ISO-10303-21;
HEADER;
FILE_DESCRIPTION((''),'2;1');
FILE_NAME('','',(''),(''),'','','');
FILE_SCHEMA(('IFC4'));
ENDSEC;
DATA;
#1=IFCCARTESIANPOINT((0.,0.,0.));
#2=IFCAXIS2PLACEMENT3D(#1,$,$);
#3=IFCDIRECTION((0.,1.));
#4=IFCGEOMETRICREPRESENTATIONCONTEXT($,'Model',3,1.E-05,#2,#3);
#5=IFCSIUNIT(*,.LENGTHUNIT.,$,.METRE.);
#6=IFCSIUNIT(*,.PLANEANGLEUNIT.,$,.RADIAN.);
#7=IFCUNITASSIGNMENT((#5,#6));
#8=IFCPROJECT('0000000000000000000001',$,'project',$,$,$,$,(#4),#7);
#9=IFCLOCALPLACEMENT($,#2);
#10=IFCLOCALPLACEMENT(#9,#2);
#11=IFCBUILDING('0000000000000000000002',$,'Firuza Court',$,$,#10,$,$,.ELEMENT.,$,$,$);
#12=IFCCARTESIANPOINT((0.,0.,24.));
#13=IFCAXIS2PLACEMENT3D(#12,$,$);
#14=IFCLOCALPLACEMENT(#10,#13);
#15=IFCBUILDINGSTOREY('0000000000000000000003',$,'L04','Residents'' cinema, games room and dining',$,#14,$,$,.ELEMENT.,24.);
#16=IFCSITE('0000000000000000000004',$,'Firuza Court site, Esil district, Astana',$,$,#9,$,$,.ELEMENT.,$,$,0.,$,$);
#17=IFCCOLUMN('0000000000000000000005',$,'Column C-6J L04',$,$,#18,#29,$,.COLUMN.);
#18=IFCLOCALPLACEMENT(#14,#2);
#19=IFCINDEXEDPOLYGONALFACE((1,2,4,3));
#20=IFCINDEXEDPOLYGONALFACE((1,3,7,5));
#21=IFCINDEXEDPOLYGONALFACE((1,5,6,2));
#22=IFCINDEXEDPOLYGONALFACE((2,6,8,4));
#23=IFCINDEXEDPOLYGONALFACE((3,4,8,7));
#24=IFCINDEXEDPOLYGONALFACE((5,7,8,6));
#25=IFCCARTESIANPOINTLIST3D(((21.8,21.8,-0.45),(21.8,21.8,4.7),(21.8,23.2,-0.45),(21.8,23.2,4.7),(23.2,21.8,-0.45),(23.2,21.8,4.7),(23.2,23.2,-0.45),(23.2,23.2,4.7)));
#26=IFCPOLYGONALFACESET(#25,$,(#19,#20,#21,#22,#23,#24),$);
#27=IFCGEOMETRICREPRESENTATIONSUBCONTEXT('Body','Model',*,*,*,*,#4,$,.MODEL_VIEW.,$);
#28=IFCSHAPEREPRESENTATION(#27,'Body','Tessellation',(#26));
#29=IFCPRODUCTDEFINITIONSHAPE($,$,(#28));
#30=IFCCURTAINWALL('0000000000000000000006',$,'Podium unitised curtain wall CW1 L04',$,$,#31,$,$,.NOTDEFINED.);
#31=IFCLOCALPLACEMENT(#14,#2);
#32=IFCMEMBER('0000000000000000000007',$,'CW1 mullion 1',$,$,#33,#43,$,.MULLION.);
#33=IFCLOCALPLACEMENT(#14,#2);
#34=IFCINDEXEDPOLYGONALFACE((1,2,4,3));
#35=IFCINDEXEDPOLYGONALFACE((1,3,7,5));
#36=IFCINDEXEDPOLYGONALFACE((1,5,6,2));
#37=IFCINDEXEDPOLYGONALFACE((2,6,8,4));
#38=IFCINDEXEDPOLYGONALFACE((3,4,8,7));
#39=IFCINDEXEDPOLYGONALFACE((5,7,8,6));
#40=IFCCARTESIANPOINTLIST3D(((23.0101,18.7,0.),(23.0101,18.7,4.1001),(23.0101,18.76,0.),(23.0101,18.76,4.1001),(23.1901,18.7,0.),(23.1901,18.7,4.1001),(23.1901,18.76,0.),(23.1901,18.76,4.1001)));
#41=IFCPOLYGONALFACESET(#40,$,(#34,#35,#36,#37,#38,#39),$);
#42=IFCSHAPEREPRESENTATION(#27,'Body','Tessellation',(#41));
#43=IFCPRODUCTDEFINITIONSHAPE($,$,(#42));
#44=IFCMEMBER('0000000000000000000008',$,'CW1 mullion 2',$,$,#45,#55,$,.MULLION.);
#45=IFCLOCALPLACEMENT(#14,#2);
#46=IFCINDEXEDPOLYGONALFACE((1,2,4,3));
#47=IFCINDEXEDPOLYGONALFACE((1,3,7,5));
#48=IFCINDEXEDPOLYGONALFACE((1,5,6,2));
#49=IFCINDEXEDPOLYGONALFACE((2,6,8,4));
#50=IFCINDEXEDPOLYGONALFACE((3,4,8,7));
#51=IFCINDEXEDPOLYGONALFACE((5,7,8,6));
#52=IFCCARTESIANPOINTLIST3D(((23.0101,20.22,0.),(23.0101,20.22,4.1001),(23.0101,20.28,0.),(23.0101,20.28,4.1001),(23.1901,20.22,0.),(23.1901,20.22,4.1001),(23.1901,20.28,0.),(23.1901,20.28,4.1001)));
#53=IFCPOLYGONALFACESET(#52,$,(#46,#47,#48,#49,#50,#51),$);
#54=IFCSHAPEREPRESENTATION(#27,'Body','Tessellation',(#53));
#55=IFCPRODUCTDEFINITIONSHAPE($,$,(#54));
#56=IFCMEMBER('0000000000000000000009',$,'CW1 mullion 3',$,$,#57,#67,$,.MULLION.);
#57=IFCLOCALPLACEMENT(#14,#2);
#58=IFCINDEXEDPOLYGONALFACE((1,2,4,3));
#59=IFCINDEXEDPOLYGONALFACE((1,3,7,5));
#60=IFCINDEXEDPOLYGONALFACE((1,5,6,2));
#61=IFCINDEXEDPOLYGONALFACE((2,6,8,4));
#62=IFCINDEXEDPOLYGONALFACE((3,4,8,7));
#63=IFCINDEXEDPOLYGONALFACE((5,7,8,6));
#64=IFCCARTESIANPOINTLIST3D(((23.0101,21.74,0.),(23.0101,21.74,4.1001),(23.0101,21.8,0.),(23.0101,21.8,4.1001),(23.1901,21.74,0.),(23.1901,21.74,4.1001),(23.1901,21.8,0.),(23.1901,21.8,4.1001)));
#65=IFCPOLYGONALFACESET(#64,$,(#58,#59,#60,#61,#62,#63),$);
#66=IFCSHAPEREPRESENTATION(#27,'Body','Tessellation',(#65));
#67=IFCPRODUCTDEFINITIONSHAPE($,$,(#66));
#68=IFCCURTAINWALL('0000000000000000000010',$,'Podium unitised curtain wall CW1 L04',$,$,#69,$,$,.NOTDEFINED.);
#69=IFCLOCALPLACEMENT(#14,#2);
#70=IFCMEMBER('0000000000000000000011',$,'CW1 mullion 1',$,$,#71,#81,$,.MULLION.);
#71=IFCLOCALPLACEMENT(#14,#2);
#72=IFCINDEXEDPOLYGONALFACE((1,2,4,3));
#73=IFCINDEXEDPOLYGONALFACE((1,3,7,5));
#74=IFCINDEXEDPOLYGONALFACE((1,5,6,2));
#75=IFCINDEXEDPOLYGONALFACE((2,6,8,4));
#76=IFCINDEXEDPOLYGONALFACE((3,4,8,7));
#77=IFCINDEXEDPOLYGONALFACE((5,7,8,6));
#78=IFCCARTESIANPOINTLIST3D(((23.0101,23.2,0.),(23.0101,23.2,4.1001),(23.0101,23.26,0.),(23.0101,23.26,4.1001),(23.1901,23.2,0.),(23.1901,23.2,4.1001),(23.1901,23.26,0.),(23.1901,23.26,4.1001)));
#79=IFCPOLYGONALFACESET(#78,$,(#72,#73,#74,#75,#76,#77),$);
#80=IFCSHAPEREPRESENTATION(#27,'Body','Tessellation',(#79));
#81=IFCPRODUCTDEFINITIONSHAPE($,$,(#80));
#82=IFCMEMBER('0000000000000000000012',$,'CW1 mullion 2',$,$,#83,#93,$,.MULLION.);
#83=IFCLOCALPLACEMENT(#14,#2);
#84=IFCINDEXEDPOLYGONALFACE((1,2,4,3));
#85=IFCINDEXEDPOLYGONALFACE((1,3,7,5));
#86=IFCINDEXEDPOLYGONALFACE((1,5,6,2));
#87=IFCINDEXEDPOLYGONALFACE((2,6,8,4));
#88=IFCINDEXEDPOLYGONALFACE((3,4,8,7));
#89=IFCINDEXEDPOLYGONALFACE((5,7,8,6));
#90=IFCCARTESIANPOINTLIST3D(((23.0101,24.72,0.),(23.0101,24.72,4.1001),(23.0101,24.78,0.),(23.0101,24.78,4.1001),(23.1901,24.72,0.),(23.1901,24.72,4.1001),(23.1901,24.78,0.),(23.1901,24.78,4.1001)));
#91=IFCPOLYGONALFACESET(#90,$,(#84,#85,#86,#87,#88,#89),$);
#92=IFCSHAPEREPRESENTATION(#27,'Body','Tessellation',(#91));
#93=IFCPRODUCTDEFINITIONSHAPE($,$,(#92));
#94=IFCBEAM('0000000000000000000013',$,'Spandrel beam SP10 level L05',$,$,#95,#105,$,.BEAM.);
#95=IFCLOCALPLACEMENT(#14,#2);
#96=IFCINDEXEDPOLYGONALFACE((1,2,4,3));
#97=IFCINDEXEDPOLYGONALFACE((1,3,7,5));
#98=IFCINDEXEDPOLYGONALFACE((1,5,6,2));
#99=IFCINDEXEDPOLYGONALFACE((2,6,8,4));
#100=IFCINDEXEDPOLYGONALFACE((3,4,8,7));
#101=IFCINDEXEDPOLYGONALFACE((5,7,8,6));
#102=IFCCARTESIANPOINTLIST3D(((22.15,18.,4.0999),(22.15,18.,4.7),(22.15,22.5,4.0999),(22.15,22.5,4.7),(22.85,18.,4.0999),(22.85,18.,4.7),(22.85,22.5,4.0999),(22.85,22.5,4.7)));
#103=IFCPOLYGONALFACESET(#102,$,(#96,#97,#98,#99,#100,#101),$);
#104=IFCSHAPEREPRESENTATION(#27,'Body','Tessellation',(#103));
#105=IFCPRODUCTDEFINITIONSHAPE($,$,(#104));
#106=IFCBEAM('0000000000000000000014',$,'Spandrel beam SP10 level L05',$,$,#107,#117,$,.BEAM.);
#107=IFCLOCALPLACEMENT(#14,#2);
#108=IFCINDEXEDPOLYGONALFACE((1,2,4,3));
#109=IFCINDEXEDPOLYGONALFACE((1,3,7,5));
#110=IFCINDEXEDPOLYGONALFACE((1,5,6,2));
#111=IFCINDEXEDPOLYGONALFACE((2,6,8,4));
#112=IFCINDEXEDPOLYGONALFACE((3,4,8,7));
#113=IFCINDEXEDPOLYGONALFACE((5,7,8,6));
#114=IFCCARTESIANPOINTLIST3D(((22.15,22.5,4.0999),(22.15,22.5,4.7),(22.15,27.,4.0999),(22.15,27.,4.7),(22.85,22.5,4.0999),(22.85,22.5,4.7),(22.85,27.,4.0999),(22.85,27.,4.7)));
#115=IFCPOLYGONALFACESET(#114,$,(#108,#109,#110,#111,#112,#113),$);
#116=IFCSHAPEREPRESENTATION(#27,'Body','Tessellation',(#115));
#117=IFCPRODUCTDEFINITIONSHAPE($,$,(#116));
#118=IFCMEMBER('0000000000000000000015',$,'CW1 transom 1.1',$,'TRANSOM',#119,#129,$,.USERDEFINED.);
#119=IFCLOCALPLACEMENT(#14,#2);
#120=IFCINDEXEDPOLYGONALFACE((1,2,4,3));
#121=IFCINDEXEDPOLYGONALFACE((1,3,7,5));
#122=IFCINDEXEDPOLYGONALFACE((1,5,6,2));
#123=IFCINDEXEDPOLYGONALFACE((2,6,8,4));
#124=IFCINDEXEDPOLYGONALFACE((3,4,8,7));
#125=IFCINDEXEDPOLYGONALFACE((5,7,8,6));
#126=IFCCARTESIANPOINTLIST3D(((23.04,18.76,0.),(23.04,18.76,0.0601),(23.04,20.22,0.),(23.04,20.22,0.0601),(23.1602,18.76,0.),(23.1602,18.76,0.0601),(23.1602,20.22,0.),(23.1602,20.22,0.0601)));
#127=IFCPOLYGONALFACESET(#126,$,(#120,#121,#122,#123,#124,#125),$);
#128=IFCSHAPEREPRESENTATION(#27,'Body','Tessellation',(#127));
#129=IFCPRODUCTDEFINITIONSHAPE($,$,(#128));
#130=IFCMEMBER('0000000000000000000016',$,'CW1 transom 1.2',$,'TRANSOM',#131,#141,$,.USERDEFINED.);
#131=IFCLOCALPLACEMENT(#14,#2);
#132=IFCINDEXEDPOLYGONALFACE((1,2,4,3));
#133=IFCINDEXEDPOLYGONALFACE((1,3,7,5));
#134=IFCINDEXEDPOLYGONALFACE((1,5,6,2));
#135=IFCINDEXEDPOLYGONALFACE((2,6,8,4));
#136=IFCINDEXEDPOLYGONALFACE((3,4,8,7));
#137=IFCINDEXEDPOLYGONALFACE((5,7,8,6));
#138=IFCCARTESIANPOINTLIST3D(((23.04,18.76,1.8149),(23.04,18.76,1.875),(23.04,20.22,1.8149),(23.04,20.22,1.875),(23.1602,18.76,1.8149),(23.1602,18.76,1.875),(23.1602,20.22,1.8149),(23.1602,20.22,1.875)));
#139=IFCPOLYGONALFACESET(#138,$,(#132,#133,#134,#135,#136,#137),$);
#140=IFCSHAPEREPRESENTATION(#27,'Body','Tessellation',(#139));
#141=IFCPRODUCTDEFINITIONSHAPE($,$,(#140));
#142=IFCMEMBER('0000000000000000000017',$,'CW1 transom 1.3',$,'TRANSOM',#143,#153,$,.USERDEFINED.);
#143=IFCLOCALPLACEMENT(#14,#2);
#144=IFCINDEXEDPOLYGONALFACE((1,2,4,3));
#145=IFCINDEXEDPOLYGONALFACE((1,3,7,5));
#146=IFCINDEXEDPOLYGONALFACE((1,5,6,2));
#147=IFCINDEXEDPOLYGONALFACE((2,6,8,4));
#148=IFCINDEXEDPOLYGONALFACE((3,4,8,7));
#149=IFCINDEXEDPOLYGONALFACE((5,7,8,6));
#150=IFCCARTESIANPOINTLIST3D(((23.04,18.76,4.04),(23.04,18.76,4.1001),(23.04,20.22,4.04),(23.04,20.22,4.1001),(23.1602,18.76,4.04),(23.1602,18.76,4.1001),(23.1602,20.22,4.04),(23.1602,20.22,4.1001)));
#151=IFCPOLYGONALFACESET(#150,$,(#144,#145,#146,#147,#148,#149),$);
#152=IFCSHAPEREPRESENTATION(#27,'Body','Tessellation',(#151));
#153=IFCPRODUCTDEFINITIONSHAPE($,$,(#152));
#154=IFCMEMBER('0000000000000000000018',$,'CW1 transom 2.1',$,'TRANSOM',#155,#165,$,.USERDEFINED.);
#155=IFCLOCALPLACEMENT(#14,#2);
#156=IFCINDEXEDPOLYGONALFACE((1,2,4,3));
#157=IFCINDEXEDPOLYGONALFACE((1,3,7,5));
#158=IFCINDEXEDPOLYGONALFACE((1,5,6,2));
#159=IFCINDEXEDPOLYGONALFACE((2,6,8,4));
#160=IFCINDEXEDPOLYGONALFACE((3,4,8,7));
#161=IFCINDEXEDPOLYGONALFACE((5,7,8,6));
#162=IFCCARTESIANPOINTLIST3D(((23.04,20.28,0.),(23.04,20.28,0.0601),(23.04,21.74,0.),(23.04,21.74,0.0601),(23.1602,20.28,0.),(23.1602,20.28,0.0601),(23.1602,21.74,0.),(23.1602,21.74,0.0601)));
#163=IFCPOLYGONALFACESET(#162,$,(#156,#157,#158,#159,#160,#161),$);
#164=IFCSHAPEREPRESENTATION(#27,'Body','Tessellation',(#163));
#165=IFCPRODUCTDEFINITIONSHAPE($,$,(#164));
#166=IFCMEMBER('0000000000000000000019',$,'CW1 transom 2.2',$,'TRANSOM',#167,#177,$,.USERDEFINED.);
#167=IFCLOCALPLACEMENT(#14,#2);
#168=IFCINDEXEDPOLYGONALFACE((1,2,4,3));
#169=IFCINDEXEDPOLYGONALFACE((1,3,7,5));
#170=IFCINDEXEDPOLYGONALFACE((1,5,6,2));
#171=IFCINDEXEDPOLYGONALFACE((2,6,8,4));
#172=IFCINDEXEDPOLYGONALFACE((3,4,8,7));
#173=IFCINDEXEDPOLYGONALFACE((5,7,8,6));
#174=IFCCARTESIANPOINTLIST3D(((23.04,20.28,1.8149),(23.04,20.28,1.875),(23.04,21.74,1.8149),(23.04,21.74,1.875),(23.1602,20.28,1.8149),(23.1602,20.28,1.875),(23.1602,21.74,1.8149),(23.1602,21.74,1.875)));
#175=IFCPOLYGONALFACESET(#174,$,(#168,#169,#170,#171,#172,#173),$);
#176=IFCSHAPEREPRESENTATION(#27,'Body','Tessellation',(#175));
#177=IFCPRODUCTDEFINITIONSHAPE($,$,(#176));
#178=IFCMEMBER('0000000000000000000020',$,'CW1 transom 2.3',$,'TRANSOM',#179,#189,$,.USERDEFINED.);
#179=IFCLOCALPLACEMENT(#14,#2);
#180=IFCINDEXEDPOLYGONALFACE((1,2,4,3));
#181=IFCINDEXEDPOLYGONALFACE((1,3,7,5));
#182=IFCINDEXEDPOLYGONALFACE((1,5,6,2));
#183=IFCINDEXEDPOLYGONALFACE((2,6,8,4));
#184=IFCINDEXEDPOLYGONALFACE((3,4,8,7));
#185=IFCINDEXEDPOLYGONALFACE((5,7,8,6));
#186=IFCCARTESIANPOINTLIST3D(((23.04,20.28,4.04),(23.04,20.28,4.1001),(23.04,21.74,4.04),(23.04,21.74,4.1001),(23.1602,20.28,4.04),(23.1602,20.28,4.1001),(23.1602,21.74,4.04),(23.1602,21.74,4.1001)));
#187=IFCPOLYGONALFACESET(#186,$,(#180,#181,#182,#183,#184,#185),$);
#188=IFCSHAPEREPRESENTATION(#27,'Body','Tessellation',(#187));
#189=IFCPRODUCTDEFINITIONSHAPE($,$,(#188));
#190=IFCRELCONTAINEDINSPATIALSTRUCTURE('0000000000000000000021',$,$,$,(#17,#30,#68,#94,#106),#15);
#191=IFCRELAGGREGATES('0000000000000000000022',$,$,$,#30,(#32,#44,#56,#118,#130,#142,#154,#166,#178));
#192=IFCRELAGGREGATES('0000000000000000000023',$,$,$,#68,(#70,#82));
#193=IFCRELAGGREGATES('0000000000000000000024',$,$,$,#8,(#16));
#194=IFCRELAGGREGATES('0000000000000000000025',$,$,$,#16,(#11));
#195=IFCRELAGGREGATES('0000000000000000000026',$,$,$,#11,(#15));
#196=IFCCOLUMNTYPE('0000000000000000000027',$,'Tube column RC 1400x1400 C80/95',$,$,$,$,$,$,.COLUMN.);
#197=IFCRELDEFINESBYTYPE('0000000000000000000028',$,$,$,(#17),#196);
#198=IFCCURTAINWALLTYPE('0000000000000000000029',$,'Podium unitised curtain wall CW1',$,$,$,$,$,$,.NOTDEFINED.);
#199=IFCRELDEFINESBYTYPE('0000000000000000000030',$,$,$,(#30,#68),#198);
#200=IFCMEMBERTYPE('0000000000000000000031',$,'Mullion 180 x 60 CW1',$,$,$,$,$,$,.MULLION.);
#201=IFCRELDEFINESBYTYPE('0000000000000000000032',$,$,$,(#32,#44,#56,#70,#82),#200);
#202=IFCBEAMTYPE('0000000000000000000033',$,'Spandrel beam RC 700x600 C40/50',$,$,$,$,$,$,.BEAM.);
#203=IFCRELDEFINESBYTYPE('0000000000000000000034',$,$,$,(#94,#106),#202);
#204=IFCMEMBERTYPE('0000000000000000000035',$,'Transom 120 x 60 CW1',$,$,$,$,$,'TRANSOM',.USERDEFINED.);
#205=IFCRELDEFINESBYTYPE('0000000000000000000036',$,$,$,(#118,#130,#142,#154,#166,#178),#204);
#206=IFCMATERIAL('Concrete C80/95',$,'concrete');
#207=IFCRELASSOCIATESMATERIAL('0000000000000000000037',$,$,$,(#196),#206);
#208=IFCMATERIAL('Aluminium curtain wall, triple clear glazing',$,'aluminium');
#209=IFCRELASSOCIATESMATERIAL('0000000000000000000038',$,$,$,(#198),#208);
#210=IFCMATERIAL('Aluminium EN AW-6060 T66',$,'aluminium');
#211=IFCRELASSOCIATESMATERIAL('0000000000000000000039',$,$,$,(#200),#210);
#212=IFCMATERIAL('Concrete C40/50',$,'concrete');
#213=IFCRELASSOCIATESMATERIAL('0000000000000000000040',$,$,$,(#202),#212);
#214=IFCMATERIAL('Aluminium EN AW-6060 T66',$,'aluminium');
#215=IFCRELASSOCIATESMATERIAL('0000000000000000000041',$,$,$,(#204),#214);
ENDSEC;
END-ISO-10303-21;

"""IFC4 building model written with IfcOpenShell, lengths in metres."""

from ifc_helpers import new_model, si_unit, direction, frame, origin, origin_2d, place, context, subcontext, project, spatial, rectangle, extrude, material, material_profile, profile_set, type_object, element, aggregate, save


model = new_model("IFC4")

# Units and contexts
model_context = context("Model", 3, precision=1e-05, world=origin(), true_north=direction((0.0, 1.0)))
body_context = subcontext(model_context, "Body", "Model", "MODEL_VIEW")
ifc_project = project(units=[si_unit("LENGTHUNIT", "METRE"), si_unit("PLANEANGLEUNIT", "RADIAN")], contexts=[model_context])

# Site, building, storey
site_placement = place(None, origin())
site = spatial("IfcSite", under=ifc_project, at=site_placement, Name="Firuza Court site, Esil district, Astana", CompositionType="ELEMENT", RefElevation=0.0)
building_placement = place(site_placement, origin())
building = spatial("IfcBuilding", under=site, at=building_placement, Name="Firuza Court", CompositionType="ELEMENT")
storey_placement = place(building_placement, frame((0.0, 0.0, 24.0)))
storey = spatial("IfcBuildingStorey", under=building, at=storey_placement, Name="L04", Description="Residents' cinema, games room and dining", CompositionType="ELEMENT", Elevation=24.0)

# Column
ifc_material_1 = material(Name="Concrete C80/95", Category="concrete")
ifc_material_profile_1 = material_profile(ifc_material_1, rectangle(XDim=1.3999, YDim=1.3999, at=origin_2d()), Name="RC 1400x1400")
ifc_profile_set_1 = profile_set([ifc_material_profile_1], Name="Concrete C80/95")
column_type = type_object("IfcColumnType", Name="Tube column RC 1400x1400 C80/95", PredefinedType="COLUMN", material=ifc_profile_set_1)
column_placement = place(storey_placement, frame((22.5, 22.5, -0.45), z_axis=(0.0, 0.0, 1.0), x_axis=(1.0, 0.0, 0.0)))
element("IfcColumn", 1, at=column_placement, inside=storey, type_object=column_type, Name="Column C-6J L04", PredefinedType="COLUMN", context=body_context, shape_type="SweptSolid", body=[
    extrude(rectangle(XDim=1.3999, YDim=1.3999, at=origin_2d()), origin(), (0.0, 0.0, 1.0), 5.1499),
])

# Curtain walls, members
ifc_material_2 = material(Name="Aluminium curtain wall, triple clear glazing", Category="aluminium")
curtain_wall_type = type_object("IfcCurtainWallType", Name="Podium unitised curtain wall CW1", PredefinedType="NOTDEFINED", material=ifc_material_2)
curtain_wall_1_placement = place(storey_placement, origin())
curtain_wall_1 = element("IfcCurtainWall", 2, at=curtain_wall_1_placement, inside=storey, type_object=curtain_wall_type, Name="Podium unitised curtain wall CW1 L04", PredefinedType="NOTDEFINED")
ifc_material_3 = material(Name="Aluminium EN AW-6060 T66", Category="aluminium")
ifc_material_profile_2 = material_profile(ifc_material_3, rectangle(XDim=0.1799, YDim=0.0601, at=origin_2d()), Name="Mullion 180 x 60 CW1")
ifc_profile_set_2 = profile_set([ifc_material_profile_2], Name="Aluminium EN AW-6060 T66")
member_type_1 = type_object("IfcMemberType", Name="Mullion 180 x 60 CW1", PredefinedType="MULLION", material=ifc_profile_set_2)
member_1_placement = place(storey_placement, frame((23.1001, 18.73, 0.0), z_axis=(0.0, 0.0, 1.0), x_axis=(-1.0, 0.0, 0.0)))
member_1 = element("IfcMember", 3, at=member_1_placement, type_object=member_type_1, Name="CW1 mullion 1", PredefinedType="MULLION", context=body_context, shape_type="SweptSolid", body=[
    extrude(rectangle(XDim=0.1799, YDim=0.0601, at=origin_2d()), origin(), (0.0, 0.0, 1.0), 4.1001),
])
member_2_placement = place(storey_placement, frame((23.1001, 20.25, 0.0), z_axis=(0.0, 0.0, 1.0), x_axis=(-1.0, 0.0, 0.0)))
member_2 = element("IfcMember", 4, at=member_2_placement, type_object=member_type_1, Name="CW1 mullion 2", PredefinedType="MULLION", context=body_context, shape_type="SweptSolid", body=[
    extrude(rectangle(XDim=0.1799, YDim=0.0601, at=origin_2d()), origin(), (0.0, 0.0, 1.0), 4.1001),
])
member_3_placement = place(storey_placement, frame((23.1001, 21.77, 0.0), z_axis=(0.0, 0.0, 1.0), x_axis=(-1.0, 0.0, 0.0)))
member_3 = element("IfcMember", 5, at=member_3_placement, type_object=member_type_1, Name="CW1 mullion 3", PredefinedType="MULLION", context=body_context, shape_type="SweptSolid", body=[
    extrude(rectangle(XDim=0.1799, YDim=0.0601, at=origin_2d()), origin(), (0.0, 0.0, 1.0), 4.1001),
])
curtain_wall_2_placement = place(storey_placement, origin())
curtain_wall_2 = element("IfcCurtainWall", 6, at=curtain_wall_2_placement, inside=storey, type_object=curtain_wall_type, Name="Podium unitised curtain wall CW1 L04", PredefinedType="NOTDEFINED")
member_4_placement = place(storey_placement, frame((23.1001, 23.23, 0.0), z_axis=(0.0, 0.0, 1.0), x_axis=(-1.0, 0.0, 0.0)))
member_4 = element("IfcMember", 7, at=member_4_placement, type_object=member_type_1, Name="CW1 mullion 1", PredefinedType="MULLION", context=body_context, shape_type="SweptSolid", body=[
    extrude(rectangle(XDim=0.1799, YDim=0.0601, at=origin_2d()), origin(), (0.0, 0.0, 1.0), 4.1001),
])
member_5_placement = place(storey_placement, frame((23.1001, 24.75, 0.0), z_axis=(0.0, 0.0, 1.0), x_axis=(-1.0, 0.0, 0.0)))
member_5 = element("IfcMember", 8, at=member_5_placement, type_object=member_type_1, Name="CW1 mullion 2", PredefinedType="MULLION", context=body_context, shape_type="SweptSolid", body=[
    extrude(rectangle(XDim=0.1799, YDim=0.0601, at=origin_2d()), origin(), (0.0, 0.0, 1.0), 4.1001),
])

# Beams
ifc_material_4 = material(Name="Concrete C40/50", Category="concrete")
ifc_material_profile_3 = material_profile(ifc_material_4, rectangle(XDim=0.7, YDim=0.6001, at=origin_2d()), Name="RC 700x600")
ifc_profile_set_3 = profile_set([ifc_material_profile_3], Name="Concrete C40/50")
beam_type = type_object("IfcBeamType", Name="Spandrel beam RC 700x600 C40/50", PredefinedType="BEAM", material=ifc_profile_set_3)
for number, where, z_axis, x_axis, name in (
    (9, (22.5, 18.0, 4.3999), (0.0, 1.0, 0.0), (-1.0, 0.0, 0.0), "Spandrel beam SP10 level L05"),
    (10, (22.5, 22.5, 4.3999), (0.0, 1.0, 0.0), (-1.0, 0.0, 0.0), "Spandrel beam SP10 level L05"),
):
    element("IfcBeam", number, at=place(storey_placement, frame(where, z_axis=z_axis, x_axis=x_axis)), inside=storey, type_object=beam_type, Name=name, PredefinedType="BEAM", context=body_context, shape_type="SweptSolid", body=[
        extrude(rectangle(XDim=0.7, YDim=0.6001, at=origin_2d()), origin(), (0.0, 0.0, 1.0), 4.5),
    ])

# Members
ifc_material_5 = material(Name="Aluminium EN AW-6060 T66", Category="aluminium")
ifc_material_profile_4 = material_profile(ifc_material_5, rectangle(XDim=0.1201, YDim=0.0601, at=origin_2d()), Name="Transom 120 x 60 CW1")
ifc_profile_set_4 = profile_set([ifc_material_profile_4], Name="Aluminium EN AW-6060 T66")
member_type_2 = type_object("IfcMemberType", Name="Transom 120 x 60 CW1", ElementType="TRANSOM", PredefinedType="USERDEFINED", material=ifc_profile_set_4)
member_6_placement = place(storey_placement, frame((23.1001, 18.76, 0.03), z_axis=(0.0, 1.0, 0.0), x_axis=(-1.0, 0.0, 0.0)))
member_6 = element("IfcMember", 11, at=member_6_placement, type_object=member_type_2, Name="CW1 transom 1.1", ObjectType="TRANSOM", PredefinedType="USERDEFINED", context=body_context, shape_type="SweptSolid", body=[
    extrude(rectangle(XDim=0.1201, YDim=0.0601, at=origin_2d()), origin(), (0.0, 0.0, 1.0), 1.46),
])
member_7_placement = place(storey_placement, frame((23.1001, 18.76, 1.845), z_axis=(0.0, 1.0, 0.0), x_axis=(-1.0, 0.0, 0.0)))
member_7 = element("IfcMember", 12, at=member_7_placement, type_object=member_type_2, Name="CW1 transom 1.2", ObjectType="TRANSOM", PredefinedType="USERDEFINED", context=body_context, shape_type="SweptSolid", body=[
    extrude(rectangle(XDim=0.1201, YDim=0.0601, at=origin_2d()), origin(), (0.0, 0.0, 1.0), 1.46),
])
member_8_placement = place(storey_placement, frame((23.1001, 18.76, 4.0701), z_axis=(0.0, 1.0, 0.0), x_axis=(-1.0, 0.0, 0.0)))
member_8 = element("IfcMember", 13, at=member_8_placement, type_object=member_type_2, Name="CW1 transom 1.3", ObjectType="TRANSOM", PredefinedType="USERDEFINED", context=body_context, shape_type="SweptSolid", body=[
    extrude(rectangle(XDim=0.1201, YDim=0.0601, at=origin_2d()), origin(), (0.0, 0.0, 1.0), 1.46),
])
member_9_placement = place(storey_placement, frame((23.1001, 20.28, 0.03), z_axis=(0.0, 1.0, 0.0), x_axis=(-1.0, 0.0, 0.0)))
member_9 = element("IfcMember", 14, at=member_9_placement, type_object=member_type_2, Name="CW1 transom 2.1", ObjectType="TRANSOM", PredefinedType="USERDEFINED", context=body_context, shape_type="SweptSolid", body=[
    extrude(rectangle(XDim=0.1201, YDim=0.0601, at=origin_2d()), origin(), (0.0, 0.0, 1.0), 1.46),
])
member_10_placement = place(storey_placement, frame((23.1001, 20.28, 1.845), z_axis=(0.0, 1.0, 0.0), x_axis=(-1.0, 0.0, 0.0)))
member_10 = element("IfcMember", 15, at=member_10_placement, type_object=member_type_2, Name="CW1 transom 2.2", ObjectType="TRANSOM", PredefinedType="USERDEFINED", context=body_context, shape_type="SweptSolid", body=[
    extrude(rectangle(XDim=0.1201, YDim=0.0601, at=origin_2d()), origin(), (0.0, 0.0, 1.0), 1.46),
])
member_11_placement = place(storey_placement, frame((23.1001, 20.28, 4.0701), z_axis=(0.0, 1.0, 0.0), x_axis=(-1.0, 0.0, 0.0)))
member_11 = element("IfcMember", 16, at=member_11_placement, type_object=member_type_2, Name="CW1 transom 2.3", ObjectType="TRANSOM", PredefinedType="USERDEFINED", context=body_context, shape_type="SweptSolid", body=[
    extrude(rectangle(XDim=0.1201, YDim=0.0601, at=origin_2d()), origin(), (0.0, 0.0, 1.0), 1.46),
])

aggregate(curtain_wall_1, [member_1, member_2, member_3, member_6, member_7, member_8, member_9, member_10, member_11])
aggregate(curtain_wall_2, [member_4, member_5])

save(model, "model.ifc")
